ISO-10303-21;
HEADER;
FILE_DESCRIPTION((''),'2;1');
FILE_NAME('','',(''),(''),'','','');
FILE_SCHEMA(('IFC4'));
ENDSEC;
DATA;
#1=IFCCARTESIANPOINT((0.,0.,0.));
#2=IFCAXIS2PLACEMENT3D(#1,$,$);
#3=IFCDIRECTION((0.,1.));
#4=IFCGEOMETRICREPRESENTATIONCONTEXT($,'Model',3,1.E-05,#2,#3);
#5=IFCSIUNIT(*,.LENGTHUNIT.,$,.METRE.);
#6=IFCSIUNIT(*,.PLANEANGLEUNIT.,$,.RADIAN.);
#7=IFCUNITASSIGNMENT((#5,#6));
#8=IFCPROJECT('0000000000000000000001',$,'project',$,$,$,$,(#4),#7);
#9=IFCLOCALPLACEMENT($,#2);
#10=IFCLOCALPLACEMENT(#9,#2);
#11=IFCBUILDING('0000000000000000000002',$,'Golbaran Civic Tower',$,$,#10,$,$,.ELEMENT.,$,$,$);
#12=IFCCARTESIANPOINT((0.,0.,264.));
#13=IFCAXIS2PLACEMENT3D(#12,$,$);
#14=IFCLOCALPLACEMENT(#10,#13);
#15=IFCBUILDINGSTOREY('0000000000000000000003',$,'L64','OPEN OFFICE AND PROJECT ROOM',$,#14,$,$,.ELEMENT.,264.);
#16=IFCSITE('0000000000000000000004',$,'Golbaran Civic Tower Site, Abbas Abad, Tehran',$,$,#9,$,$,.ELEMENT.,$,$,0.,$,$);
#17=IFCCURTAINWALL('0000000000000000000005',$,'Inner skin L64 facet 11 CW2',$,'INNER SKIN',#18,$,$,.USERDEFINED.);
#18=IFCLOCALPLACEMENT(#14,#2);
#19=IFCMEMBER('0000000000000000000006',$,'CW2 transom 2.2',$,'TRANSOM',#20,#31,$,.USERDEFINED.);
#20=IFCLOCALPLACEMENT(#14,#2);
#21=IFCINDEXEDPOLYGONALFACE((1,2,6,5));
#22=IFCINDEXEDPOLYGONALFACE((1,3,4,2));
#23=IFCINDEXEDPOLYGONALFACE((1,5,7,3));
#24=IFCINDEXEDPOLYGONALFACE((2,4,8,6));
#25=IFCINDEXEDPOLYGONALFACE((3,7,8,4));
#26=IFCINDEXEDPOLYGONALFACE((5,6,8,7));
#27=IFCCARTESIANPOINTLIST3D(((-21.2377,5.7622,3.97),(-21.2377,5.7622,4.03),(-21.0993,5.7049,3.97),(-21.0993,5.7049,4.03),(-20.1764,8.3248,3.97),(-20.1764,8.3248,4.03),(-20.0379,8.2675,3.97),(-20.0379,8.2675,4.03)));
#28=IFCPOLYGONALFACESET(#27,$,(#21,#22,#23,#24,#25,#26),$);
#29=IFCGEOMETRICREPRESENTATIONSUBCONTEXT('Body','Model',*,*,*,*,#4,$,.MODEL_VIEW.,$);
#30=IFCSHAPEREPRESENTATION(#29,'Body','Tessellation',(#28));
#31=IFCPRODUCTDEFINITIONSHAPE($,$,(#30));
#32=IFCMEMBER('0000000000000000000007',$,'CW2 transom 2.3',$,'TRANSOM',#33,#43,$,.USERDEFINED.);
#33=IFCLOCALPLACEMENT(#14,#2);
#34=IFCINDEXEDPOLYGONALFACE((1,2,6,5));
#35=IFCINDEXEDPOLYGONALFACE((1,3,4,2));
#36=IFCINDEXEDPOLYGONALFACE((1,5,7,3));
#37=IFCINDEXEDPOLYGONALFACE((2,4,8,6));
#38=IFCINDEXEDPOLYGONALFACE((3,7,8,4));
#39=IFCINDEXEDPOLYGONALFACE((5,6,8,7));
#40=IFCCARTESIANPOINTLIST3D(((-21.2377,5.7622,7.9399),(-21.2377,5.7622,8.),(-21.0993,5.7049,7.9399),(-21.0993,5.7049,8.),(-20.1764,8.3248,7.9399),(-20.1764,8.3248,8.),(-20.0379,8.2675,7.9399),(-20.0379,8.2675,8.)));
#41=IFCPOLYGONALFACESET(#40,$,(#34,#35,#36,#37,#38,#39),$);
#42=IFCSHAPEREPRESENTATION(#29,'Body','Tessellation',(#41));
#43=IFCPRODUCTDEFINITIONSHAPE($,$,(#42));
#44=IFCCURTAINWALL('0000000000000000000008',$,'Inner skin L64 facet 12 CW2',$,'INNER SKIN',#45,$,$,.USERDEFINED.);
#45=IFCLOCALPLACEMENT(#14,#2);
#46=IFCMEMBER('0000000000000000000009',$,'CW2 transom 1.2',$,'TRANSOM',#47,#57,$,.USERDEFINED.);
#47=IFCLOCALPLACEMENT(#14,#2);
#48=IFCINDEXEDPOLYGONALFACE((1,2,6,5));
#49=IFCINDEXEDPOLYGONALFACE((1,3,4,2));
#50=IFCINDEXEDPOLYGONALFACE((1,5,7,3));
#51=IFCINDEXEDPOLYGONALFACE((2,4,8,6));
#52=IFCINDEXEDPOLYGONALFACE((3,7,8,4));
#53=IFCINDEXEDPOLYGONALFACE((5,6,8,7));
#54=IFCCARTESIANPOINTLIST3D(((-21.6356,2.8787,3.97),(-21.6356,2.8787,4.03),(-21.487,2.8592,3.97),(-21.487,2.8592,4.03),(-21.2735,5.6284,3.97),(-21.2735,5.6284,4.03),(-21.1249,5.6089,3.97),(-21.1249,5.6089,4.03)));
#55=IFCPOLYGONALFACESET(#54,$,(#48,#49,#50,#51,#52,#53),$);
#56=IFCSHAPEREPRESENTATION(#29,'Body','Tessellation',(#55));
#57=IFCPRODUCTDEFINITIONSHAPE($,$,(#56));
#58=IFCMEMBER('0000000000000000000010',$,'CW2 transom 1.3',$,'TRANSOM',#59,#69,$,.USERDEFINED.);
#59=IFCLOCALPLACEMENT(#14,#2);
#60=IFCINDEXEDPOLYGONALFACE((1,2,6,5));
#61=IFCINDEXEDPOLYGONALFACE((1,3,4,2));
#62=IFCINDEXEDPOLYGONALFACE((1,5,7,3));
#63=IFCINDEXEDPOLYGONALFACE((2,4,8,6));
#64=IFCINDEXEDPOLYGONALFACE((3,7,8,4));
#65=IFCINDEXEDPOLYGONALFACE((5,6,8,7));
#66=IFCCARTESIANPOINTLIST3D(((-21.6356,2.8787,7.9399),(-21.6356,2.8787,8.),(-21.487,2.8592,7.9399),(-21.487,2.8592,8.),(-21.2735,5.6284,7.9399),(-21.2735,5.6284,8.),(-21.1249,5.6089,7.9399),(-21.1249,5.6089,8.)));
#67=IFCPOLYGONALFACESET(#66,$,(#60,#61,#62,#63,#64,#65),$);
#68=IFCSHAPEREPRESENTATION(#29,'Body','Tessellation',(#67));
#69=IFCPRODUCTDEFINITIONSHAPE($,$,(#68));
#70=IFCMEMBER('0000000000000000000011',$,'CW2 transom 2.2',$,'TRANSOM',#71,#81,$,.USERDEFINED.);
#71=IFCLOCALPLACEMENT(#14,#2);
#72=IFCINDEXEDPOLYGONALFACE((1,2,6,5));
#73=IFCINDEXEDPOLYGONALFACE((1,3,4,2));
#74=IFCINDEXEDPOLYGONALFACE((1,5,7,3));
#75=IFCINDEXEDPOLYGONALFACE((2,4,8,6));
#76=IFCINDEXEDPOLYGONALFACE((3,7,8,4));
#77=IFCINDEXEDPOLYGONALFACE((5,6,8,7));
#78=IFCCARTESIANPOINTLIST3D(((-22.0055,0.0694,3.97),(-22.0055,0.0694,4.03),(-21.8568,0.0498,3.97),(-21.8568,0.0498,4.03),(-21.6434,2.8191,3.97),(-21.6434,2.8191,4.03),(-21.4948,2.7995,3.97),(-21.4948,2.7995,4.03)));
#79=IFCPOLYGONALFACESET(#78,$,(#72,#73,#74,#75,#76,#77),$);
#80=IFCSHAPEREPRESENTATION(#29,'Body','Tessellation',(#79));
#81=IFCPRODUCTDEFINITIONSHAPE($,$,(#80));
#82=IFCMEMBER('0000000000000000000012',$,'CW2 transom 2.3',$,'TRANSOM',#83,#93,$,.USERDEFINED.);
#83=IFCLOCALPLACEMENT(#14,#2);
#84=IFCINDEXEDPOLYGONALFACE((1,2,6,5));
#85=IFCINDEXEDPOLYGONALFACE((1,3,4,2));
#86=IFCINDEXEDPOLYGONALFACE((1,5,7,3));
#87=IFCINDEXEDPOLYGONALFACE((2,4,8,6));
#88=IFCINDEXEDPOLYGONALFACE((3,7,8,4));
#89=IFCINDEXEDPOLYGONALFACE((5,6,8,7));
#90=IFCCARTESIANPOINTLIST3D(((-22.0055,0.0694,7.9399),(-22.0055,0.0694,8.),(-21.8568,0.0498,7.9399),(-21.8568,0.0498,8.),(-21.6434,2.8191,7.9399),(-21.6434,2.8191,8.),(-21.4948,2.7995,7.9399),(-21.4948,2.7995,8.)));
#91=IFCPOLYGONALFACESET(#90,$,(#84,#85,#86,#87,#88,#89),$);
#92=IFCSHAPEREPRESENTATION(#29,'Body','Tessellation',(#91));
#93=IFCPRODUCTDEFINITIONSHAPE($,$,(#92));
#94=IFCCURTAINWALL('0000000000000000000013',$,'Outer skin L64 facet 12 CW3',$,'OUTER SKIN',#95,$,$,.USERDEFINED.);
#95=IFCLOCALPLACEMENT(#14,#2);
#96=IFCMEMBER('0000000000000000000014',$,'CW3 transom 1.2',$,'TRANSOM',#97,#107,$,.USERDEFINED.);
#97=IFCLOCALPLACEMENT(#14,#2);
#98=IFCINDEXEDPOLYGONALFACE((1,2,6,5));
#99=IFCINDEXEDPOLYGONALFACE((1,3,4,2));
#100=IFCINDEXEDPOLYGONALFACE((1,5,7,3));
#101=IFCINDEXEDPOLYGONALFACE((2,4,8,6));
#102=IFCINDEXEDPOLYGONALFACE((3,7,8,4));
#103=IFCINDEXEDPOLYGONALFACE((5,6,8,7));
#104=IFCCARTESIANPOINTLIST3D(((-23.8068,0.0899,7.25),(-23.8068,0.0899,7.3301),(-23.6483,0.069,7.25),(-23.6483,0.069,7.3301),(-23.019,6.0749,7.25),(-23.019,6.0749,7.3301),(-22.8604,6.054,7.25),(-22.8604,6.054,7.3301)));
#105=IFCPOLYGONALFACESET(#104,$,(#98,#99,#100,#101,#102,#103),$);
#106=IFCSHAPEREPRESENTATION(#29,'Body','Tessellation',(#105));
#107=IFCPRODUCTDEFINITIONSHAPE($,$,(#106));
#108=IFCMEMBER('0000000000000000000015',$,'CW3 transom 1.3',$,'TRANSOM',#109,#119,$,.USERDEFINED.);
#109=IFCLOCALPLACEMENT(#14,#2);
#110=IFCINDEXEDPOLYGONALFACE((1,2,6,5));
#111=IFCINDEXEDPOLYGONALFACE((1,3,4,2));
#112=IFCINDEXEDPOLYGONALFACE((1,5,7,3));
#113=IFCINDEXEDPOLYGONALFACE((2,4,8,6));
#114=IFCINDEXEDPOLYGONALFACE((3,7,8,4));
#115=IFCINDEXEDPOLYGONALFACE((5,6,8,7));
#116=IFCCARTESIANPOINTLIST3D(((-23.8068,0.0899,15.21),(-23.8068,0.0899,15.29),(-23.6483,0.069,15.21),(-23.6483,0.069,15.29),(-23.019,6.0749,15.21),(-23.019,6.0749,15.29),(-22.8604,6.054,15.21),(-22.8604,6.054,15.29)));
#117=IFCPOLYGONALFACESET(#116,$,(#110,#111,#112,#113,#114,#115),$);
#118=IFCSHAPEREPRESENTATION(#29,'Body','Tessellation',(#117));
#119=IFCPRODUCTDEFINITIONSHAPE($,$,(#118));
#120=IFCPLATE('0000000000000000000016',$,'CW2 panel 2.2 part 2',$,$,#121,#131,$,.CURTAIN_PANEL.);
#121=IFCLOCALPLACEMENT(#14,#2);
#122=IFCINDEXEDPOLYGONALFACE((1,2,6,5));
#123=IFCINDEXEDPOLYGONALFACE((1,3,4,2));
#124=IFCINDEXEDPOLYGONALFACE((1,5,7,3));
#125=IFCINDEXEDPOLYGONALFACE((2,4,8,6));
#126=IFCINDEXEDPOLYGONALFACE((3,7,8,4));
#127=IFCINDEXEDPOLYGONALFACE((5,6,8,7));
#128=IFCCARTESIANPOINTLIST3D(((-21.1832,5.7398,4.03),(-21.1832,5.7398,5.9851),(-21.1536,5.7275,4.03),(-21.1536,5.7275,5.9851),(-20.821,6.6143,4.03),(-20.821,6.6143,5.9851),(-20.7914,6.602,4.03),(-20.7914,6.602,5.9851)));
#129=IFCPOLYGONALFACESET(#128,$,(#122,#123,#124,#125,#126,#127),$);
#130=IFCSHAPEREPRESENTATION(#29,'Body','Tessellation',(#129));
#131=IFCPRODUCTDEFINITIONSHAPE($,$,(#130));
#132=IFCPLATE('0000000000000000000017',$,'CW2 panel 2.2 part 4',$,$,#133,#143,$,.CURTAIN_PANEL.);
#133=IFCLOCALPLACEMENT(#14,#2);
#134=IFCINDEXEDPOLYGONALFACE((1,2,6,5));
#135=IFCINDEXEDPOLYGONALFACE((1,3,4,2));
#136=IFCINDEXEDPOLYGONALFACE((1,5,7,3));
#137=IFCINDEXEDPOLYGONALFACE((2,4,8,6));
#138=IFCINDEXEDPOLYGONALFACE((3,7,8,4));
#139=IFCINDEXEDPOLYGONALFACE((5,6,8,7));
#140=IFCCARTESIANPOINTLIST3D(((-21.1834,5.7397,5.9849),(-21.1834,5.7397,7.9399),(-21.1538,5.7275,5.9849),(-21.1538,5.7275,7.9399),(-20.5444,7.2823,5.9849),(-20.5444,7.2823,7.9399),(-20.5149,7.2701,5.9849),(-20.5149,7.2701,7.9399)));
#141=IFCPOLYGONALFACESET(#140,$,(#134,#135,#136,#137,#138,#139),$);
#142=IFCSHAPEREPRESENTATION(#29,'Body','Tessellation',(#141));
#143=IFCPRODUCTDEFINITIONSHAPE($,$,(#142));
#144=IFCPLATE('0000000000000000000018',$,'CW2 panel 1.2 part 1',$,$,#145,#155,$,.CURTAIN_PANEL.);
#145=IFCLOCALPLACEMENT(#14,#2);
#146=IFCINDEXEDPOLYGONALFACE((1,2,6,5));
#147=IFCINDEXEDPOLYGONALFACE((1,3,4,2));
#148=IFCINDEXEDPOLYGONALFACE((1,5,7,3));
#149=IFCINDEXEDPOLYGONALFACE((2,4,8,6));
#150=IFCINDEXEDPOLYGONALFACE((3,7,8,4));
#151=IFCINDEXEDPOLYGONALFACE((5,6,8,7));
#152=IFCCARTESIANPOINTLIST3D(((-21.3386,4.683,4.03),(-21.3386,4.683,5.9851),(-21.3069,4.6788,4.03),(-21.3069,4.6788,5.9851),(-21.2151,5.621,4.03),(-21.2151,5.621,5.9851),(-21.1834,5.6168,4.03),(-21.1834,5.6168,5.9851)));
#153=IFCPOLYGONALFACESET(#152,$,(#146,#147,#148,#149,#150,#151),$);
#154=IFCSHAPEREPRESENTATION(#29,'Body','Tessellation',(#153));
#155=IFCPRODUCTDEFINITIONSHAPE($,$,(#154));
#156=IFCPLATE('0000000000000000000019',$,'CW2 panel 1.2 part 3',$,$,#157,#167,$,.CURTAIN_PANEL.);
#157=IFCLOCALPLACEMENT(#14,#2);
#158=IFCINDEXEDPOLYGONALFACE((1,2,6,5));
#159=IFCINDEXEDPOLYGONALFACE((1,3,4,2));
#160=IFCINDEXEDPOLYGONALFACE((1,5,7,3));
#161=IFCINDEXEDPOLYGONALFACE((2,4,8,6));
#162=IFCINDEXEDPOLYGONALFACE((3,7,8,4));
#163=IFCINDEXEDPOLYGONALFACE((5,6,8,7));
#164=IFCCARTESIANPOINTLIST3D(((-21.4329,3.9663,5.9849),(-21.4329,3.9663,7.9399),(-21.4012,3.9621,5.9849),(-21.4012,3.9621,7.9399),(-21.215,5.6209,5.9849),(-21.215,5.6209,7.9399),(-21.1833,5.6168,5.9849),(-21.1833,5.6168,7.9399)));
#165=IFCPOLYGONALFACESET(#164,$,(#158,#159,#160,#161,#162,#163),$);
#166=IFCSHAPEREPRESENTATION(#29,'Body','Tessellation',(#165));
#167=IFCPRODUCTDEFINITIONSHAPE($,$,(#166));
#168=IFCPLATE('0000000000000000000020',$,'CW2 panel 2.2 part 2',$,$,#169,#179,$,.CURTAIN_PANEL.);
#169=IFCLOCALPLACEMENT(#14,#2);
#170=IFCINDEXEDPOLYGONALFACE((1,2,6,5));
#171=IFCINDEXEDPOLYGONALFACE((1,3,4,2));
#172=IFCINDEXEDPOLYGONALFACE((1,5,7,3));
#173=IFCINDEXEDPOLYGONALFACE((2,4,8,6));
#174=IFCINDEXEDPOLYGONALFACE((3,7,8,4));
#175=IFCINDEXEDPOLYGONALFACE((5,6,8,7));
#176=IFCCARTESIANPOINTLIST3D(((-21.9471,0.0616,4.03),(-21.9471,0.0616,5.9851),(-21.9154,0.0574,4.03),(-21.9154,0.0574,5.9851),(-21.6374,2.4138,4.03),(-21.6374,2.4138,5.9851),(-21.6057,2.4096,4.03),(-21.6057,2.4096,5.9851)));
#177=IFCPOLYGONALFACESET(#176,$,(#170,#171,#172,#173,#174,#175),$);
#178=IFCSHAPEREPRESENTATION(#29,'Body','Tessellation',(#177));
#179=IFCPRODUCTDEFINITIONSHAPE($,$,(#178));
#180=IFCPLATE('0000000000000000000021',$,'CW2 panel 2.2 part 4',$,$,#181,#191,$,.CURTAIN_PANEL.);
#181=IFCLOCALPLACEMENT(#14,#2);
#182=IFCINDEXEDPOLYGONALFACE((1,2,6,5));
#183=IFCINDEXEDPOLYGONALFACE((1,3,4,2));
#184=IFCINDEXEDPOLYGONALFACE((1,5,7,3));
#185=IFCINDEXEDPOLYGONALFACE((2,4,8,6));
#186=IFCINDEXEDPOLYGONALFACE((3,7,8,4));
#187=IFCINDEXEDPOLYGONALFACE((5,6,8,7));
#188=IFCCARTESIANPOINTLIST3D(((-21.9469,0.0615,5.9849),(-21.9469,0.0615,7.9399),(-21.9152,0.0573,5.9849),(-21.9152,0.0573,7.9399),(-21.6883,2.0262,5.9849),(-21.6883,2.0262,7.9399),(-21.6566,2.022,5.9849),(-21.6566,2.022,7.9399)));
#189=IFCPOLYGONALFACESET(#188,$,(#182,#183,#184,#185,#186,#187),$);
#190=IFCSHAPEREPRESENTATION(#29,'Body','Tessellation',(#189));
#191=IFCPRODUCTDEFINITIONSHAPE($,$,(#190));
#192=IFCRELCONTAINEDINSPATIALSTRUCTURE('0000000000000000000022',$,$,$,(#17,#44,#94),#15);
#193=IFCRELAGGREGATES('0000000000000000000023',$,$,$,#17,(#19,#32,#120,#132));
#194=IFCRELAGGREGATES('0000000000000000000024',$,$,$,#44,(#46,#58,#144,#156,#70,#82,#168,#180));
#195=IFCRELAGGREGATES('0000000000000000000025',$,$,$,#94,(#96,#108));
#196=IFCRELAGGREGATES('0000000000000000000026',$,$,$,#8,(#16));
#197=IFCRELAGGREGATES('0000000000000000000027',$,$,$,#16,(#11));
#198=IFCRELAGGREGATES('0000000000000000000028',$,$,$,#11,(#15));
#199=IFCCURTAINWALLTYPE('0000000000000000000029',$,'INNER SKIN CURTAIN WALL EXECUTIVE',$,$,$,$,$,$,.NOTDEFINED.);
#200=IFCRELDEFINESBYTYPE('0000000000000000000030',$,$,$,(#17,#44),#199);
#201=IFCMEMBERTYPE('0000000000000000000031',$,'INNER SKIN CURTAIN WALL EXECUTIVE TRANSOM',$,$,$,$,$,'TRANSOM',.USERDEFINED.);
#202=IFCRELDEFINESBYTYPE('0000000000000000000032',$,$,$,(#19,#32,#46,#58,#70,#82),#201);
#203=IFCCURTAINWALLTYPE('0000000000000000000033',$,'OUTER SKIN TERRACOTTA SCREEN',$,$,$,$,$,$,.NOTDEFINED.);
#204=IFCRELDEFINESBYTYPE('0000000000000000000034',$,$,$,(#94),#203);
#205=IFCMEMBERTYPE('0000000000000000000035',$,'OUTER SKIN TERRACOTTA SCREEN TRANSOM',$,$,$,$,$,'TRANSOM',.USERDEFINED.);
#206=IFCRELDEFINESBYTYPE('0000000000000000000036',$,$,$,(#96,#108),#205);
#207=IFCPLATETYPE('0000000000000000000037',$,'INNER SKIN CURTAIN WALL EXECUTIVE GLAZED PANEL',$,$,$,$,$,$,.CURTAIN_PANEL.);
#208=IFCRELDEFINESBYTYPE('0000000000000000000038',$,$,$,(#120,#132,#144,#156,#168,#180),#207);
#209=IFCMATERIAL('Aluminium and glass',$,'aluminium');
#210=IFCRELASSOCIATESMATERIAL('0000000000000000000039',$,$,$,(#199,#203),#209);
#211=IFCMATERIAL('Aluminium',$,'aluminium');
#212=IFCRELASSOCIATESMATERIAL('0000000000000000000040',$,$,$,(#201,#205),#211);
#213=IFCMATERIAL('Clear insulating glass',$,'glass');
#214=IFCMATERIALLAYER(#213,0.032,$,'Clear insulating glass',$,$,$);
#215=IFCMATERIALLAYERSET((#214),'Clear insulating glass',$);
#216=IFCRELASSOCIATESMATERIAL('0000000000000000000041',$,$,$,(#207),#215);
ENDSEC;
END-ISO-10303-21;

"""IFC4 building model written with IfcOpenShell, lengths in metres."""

from ifc_helpers import new_model, si_unit, direction, frame, origin, origin_2d, place, context, subcontext, project, spatial, rectangle, extrude, material, layer, layer_set, material_profile, profile_set, type_object, element, aggregate, save


model = new_model("IFC4")

# Units and contexts
model_context = context("Model", 3, precision=1e-05, world=origin(), true_north=direction((0.0, 1.0)))
body_context = subcontext(model_context, "Body", "Model", "MODEL_VIEW")
ifc_project = project(units=[si_unit("LENGTHUNIT", "METRE"), si_unit("PLANEANGLEUNIT", "RADIAN")], contexts=[model_context])

# Site, building, storey
site_placement = place(None, origin())
site = spatial("IfcSite", under=ifc_project, at=site_placement, Name="Golbaran Civic Tower Site, Abbas Abad, Tehran", CompositionType="ELEMENT", RefElevation=0.0)
building_placement = place(site_placement, origin())
building = spatial("IfcBuilding", under=site, at=building_placement, Name="Golbaran Civic Tower", CompositionType="ELEMENT")
storey_placement = place(building_placement, frame((0.0, 0.0, 264.0)))
storey = spatial("IfcBuildingStorey", under=building, at=storey_placement, Name="L64", Description="OPEN OFFICE AND PROJECT ROOM", CompositionType="ELEMENT", Elevation=264.0)

# Curtain walls, members
ifc_material_1 = material(Name="Aluminium and glass", Category="aluminium")
curtain_wall_type_1 = type_object("IfcCurtainWallType", Name="INNER SKIN CURTAIN WALL EXECUTIVE", PredefinedType="NOTDEFINED", material=ifc_material_1)
curtain_wall_1_placement = place(storey_placement, origin())
curtain_wall_1 = element("IfcCurtainWall", 1, at=curtain_wall_1_placement, inside=storey, type_object=curtain_wall_type_1, Name="Inner skin L64 facet 11 CW2", ObjectType="INNER SKIN", PredefinedType="USERDEFINED")
ifc_material_2 = material(Name="Aluminium", Category="aluminium")
ifc_material_profile_1 = material_profile(ifc_material_2, rectangle(XDim=0.1499, YDim=0.0601, at=origin_2d()), Name="INNER SKIN CURTAIN WALL EXECUTIVE TRANSOM")
ifc_profile_set_1 = profile_set([ifc_material_profile_1], Name="Aluminium")
member_type_1 = type_object("IfcMemberType", Name="INNER SKIN CURTAIN WALL EXECUTIVE TRANSOM", ElementType="TRANSOM", PredefinedType="USERDEFINED", material=ifc_profile_set_1)
member_1_placement = place(storey_placement, frame((-20.1072, 8.2961, 4.0), z_axis=(-0.382639, -0.923898, 0.0), x_axis=(0.923898, -0.382639, 0.0)))
member_1 = element("IfcMember", 2, at=member_1_placement, type_object=member_type_1, Name="CW2 transom 2.2", ObjectType="TRANSOM", PredefinedType="USERDEFINED", context=body_context, shape_type="SweptSolid", body=[
    extrude(rectangle(XDim=0.1499, YDim=0.0601, at=origin_2d()), origin(), (0.0, 0.0, 1.0), 2.7737),
])
member_2_placement = place(storey_placement, frame((-20.1072, 8.2961, 7.97), z_axis=(-0.382639, -0.923898, 0.0), x_axis=(0.923898, -0.382639, 0.0)))
member_2 = element("IfcMember", 3, at=member_2_placement, type_object=member_type_1, Name="CW2 transom 2.3", ObjectType="TRANSOM", PredefinedType="USERDEFINED", context=body_context, shape_type="SweptSolid", body=[
    extrude(rectangle(XDim=0.1499, YDim=0.0601, at=origin_2d()), origin(), (0.0, 0.0, 1.0), 2.7737),
])
curtain_wall_2_placement = place(storey_placement, origin())
curtain_wall_2 = element("IfcCurtainWall", 4, at=curtain_wall_2_placement, inside=storey, type_object=curtain_wall_type_1, Name="Inner skin L64 facet 12 CW2", ObjectType="INNER SKIN", PredefinedType="USERDEFINED")
member_3_placement = place(storey_placement, frame((-21.1992, 5.6187, 4.0), z_axis=(-0.130543, -0.991443, 0.0), x_axis=(0.991443, -0.130543, 0.0)))
member_3 = element("IfcMember", 5, at=member_3_placement, type_object=member_type_1, Name="CW2 transom 1.2", ObjectType="TRANSOM", PredefinedType="USERDEFINED", context=body_context, shape_type="SweptSolid", body=[
    extrude(rectangle(XDim=0.1499, YDim=0.0601, at=origin_2d()), origin(), (0.0, 0.0, 1.0), 2.7734),
])
member_4_placement = place(storey_placement, frame((-21.1992, 5.6187, 7.97), z_axis=(-0.130543, -0.991443, 0.0), x_axis=(0.991443, -0.130543, 0.0)))
member_4 = element("IfcMember", 6, at=member_4_placement, type_object=member_type_1, Name="CW2 transom 1.3", ObjectType="TRANSOM", PredefinedType="USERDEFINED", context=body_context, shape_type="SweptSolid", body=[
    extrude(rectangle(XDim=0.1499, YDim=0.0601, at=origin_2d()), origin(), (0.0, 0.0, 1.0), 2.7734),
])
member_5_placement = place(storey_placement, frame((-21.5691, 2.8093, 4.0), z_axis=(-0.130543, -0.991443, 0.0), x_axis=(0.991443, -0.130543, 0.0)))
member_5 = element("IfcMember", 7, at=member_5_placement, type_object=member_type_1, Name="CW2 transom 2.2", ObjectType="TRANSOM", PredefinedType="USERDEFINED", context=body_context, shape_type="SweptSolid", body=[
    extrude(rectangle(XDim=0.1499, YDim=0.0601, at=origin_2d()), origin(), (0.0, 0.0, 1.0), 2.7734),
])
member_6_placement = place(storey_placement, frame((-21.5691, 2.8093, 7.97), z_axis=(-0.130543, -0.991443, 0.0), x_axis=(0.991443, -0.130543, 0.0)))
member_6 = element("IfcMember", 8, at=member_6_placement, type_object=member_type_1, Name="CW2 transom 2.3", ObjectType="TRANSOM", PredefinedType="USERDEFINED", context=body_context, shape_type="SweptSolid", body=[
    extrude(rectangle(XDim=0.1499, YDim=0.0601, at=origin_2d()), origin(), (0.0, 0.0, 1.0), 2.7734),
])
curtain_wall_type_2 = type_object("IfcCurtainWallType", Name="OUTER SKIN TERRACOTTA SCREEN", PredefinedType="NOTDEFINED", material=ifc_material_1)
curtain_wall_3_placement = place(storey_placement, origin())
curtain_wall_3 = element("IfcCurtainWall", 9, at=curtain_wall_3_placement, inside=storey, type_object=curtain_wall_type_2, Name="Outer skin L64 facet 12 CW3", ObjectType="OUTER SKIN", PredefinedType="USERDEFINED")
ifc_material_profile_2 = material_profile(ifc_material_2, rectangle(XDim=0.1599, YDim=0.0801, at=origin_2d()), Name="OUTER SKIN TERRACOTTA SCREEN TRANSOM")
ifc_profile_set_2 = profile_set([ifc_material_profile_2], Name="Aluminium")
member_type_2 = type_object("IfcMemberType", Name="OUTER SKIN TERRACOTTA SCREEN TRANSOM", ElementType="TRANSOM", PredefinedType="USERDEFINED", material=ifc_profile_set_2)
member_7_placement = place(storey_placement, frame((-22.9397, 6.0645, 7.29), z_axis=(-0.130508, -0.991447, 0.0), x_axis=(0.991447, -0.130508, 0.0)))
member_7 = element("IfcMember", 10, at=member_7_placement, type_object=member_type_2, Name="CW3 transom 1.2", ObjectType="TRANSOM", PredefinedType="USERDEFINED", context=body_context, shape_type="SweptSolid", body=[
    extrude(rectangle(XDim=0.1599, YDim=0.0801, at=origin_2d()), origin(), (0.0, 0.0, 1.0), 6.0366),
])
member_8_placement = place(storey_placement, frame((-22.9397, 6.0645, 15.25), z_axis=(-0.130508, -0.991447, 0.0), x_axis=(0.991447, -0.130508, 0.0)))
member_8 = element("IfcMember", 11, at=member_8_placement, type_object=member_type_2, Name="CW3 transom 1.3", ObjectType="TRANSOM", PredefinedType="USERDEFINED", context=body_context, shape_type="SweptSolid", body=[
    extrude(rectangle(XDim=0.1599, YDim=0.0801, at=origin_2d()), origin(), (0.0, 0.0, 1.0), 6.0366),
])

# Plates
ifc_material_3 = material(Name="Clear insulating glass", Category="glass")
ifc_layer_1 = layer(ifc_material_3, 0.032, Name="Clear insulating glass")
ifc_layer_set_1 = layer_set([ifc_layer_1], Name="Clear insulating glass")
plate_type_1 = type_object("IfcPlateType", Name="INNER SKIN CURTAIN WALL EXECUTIVE GLAZED PANEL", PredefinedType="CURTAIN_PANEL", material=ifc_layer_set_1)
plate_1_placement = place(storey_placement, frame((-20.9873, 6.1709, 4.03), z_axis=(0.0, 0.0, 1.0), x_axis=(-0.382683, -0.92388, 0.0)))
plate_1 = element("IfcPlate", 12, at=plate_1_placement, type_object=plate_type_1, Name="CW2 panel 2.2 part 2", PredefinedType="CURTAIN_PANEL", context=body_context, shape_type="SweptSolid", body=[
    extrude(rectangle(XDim=0.9465, YDim=0.032, at=origin_2d()), origin(), (0.0, 0.0, 1.0), 1.9551),
])
plate_2_placement = place(storey_placement, frame((-20.8491, 6.5049, 5.9849), z_axis=(0.0, 0.0, 1.0), x_axis=(-0.382683, -0.92388, 0.0)))
plate_2 = element("IfcPlate", 13, at=plate_2_placement, type_object=plate_type_1, Name="CW2 panel 2.2 part 4", PredefinedType="CURTAIN_PANEL", context=body_context, shape_type="SweptSolid", body=[
    extrude(rectangle(XDim=1.6697, YDim=0.032, at=origin_2d()), origin(), (0.0, 0.0, 1.0), 1.9551),
])
plate_3_placement = place(storey_placement, frame((-21.261, 5.1499, 4.03), z_axis=(0.0, 0.0, 1.0), x_axis=(-0.130526, -0.991445, 0.0)))
plate_3 = element("IfcPlate", 14, at=plate_3_placement, type_object=plate_type_1, Name="CW2 panel 1.2 part 1", PredefinedType="CURTAIN_PANEL", context=body_context, shape_type="SweptSolid", body=[
    extrude(rectangle(XDim=0.946, YDim=0.032, at=origin_2d()), origin(), (0.0, 0.0, 1.0), 1.9551),
])
plate_4_placement = place(storey_placement, frame((-21.3081, 4.7915, 5.9849), z_axis=(0.0, 0.0, 1.0), x_axis=(-0.130526, -0.991445, 0.0)))
plate_4 = element("IfcPlate", 15, at=plate_4_placement, type_object=plate_type_1, Name="CW2 panel 1.2 part 3", PredefinedType="CURTAIN_PANEL", context=body_context, shape_type="SweptSolid", body=[
    extrude(rectangle(XDim=1.6689, YDim=0.032, at=origin_2d()), origin(), (0.0, 0.0, 1.0), 1.9551),
])
plate_5_placement = place(storey_placement, frame((-21.7764, 1.2356, 4.03), z_axis=(0.0, 0.0, 1.0), x_axis=(-0.130526, -0.991445, 0.0)))
plate_5 = element("IfcPlate", 16, at=plate_5_placement, type_object=plate_type_1, Name="CW2 panel 2.2 part 2", PredefinedType="CURTAIN_PANEL", context=body_context, shape_type="SweptSolid", body=[
    extrude(rectangle(XDim=2.3726, YDim=0.032, at=origin_2d()), origin(), (0.0, 0.0, 1.0), 1.9551),
])
plate_6_placement = place(storey_placement, frame((-21.8018, 1.0417, 5.9849), z_axis=(0.0, 0.0, 1.0), x_axis=(-0.130526, -0.991445, 0.0)))
plate_6 = element("IfcPlate", 17, at=plate_6_placement, type_object=plate_type_1, Name="CW2 panel 2.2 part 4", PredefinedType="CURTAIN_PANEL", context=body_context, shape_type="SweptSolid", body=[
    extrude(rectangle(XDim=1.9817, YDim=0.032, at=origin_2d()), origin(), (0.0, 0.0, 1.0), 1.9551),
])
aggregate(curtain_wall_1, [member_1, member_2, plate_1, plate_2])
aggregate(curtain_wall_2, [member_3, member_4, plate_3, plate_4, member_5, member_6, plate_5, plate_6])
aggregate(curtain_wall_3, [member_7, member_8])

save(model, "model.ifc")
